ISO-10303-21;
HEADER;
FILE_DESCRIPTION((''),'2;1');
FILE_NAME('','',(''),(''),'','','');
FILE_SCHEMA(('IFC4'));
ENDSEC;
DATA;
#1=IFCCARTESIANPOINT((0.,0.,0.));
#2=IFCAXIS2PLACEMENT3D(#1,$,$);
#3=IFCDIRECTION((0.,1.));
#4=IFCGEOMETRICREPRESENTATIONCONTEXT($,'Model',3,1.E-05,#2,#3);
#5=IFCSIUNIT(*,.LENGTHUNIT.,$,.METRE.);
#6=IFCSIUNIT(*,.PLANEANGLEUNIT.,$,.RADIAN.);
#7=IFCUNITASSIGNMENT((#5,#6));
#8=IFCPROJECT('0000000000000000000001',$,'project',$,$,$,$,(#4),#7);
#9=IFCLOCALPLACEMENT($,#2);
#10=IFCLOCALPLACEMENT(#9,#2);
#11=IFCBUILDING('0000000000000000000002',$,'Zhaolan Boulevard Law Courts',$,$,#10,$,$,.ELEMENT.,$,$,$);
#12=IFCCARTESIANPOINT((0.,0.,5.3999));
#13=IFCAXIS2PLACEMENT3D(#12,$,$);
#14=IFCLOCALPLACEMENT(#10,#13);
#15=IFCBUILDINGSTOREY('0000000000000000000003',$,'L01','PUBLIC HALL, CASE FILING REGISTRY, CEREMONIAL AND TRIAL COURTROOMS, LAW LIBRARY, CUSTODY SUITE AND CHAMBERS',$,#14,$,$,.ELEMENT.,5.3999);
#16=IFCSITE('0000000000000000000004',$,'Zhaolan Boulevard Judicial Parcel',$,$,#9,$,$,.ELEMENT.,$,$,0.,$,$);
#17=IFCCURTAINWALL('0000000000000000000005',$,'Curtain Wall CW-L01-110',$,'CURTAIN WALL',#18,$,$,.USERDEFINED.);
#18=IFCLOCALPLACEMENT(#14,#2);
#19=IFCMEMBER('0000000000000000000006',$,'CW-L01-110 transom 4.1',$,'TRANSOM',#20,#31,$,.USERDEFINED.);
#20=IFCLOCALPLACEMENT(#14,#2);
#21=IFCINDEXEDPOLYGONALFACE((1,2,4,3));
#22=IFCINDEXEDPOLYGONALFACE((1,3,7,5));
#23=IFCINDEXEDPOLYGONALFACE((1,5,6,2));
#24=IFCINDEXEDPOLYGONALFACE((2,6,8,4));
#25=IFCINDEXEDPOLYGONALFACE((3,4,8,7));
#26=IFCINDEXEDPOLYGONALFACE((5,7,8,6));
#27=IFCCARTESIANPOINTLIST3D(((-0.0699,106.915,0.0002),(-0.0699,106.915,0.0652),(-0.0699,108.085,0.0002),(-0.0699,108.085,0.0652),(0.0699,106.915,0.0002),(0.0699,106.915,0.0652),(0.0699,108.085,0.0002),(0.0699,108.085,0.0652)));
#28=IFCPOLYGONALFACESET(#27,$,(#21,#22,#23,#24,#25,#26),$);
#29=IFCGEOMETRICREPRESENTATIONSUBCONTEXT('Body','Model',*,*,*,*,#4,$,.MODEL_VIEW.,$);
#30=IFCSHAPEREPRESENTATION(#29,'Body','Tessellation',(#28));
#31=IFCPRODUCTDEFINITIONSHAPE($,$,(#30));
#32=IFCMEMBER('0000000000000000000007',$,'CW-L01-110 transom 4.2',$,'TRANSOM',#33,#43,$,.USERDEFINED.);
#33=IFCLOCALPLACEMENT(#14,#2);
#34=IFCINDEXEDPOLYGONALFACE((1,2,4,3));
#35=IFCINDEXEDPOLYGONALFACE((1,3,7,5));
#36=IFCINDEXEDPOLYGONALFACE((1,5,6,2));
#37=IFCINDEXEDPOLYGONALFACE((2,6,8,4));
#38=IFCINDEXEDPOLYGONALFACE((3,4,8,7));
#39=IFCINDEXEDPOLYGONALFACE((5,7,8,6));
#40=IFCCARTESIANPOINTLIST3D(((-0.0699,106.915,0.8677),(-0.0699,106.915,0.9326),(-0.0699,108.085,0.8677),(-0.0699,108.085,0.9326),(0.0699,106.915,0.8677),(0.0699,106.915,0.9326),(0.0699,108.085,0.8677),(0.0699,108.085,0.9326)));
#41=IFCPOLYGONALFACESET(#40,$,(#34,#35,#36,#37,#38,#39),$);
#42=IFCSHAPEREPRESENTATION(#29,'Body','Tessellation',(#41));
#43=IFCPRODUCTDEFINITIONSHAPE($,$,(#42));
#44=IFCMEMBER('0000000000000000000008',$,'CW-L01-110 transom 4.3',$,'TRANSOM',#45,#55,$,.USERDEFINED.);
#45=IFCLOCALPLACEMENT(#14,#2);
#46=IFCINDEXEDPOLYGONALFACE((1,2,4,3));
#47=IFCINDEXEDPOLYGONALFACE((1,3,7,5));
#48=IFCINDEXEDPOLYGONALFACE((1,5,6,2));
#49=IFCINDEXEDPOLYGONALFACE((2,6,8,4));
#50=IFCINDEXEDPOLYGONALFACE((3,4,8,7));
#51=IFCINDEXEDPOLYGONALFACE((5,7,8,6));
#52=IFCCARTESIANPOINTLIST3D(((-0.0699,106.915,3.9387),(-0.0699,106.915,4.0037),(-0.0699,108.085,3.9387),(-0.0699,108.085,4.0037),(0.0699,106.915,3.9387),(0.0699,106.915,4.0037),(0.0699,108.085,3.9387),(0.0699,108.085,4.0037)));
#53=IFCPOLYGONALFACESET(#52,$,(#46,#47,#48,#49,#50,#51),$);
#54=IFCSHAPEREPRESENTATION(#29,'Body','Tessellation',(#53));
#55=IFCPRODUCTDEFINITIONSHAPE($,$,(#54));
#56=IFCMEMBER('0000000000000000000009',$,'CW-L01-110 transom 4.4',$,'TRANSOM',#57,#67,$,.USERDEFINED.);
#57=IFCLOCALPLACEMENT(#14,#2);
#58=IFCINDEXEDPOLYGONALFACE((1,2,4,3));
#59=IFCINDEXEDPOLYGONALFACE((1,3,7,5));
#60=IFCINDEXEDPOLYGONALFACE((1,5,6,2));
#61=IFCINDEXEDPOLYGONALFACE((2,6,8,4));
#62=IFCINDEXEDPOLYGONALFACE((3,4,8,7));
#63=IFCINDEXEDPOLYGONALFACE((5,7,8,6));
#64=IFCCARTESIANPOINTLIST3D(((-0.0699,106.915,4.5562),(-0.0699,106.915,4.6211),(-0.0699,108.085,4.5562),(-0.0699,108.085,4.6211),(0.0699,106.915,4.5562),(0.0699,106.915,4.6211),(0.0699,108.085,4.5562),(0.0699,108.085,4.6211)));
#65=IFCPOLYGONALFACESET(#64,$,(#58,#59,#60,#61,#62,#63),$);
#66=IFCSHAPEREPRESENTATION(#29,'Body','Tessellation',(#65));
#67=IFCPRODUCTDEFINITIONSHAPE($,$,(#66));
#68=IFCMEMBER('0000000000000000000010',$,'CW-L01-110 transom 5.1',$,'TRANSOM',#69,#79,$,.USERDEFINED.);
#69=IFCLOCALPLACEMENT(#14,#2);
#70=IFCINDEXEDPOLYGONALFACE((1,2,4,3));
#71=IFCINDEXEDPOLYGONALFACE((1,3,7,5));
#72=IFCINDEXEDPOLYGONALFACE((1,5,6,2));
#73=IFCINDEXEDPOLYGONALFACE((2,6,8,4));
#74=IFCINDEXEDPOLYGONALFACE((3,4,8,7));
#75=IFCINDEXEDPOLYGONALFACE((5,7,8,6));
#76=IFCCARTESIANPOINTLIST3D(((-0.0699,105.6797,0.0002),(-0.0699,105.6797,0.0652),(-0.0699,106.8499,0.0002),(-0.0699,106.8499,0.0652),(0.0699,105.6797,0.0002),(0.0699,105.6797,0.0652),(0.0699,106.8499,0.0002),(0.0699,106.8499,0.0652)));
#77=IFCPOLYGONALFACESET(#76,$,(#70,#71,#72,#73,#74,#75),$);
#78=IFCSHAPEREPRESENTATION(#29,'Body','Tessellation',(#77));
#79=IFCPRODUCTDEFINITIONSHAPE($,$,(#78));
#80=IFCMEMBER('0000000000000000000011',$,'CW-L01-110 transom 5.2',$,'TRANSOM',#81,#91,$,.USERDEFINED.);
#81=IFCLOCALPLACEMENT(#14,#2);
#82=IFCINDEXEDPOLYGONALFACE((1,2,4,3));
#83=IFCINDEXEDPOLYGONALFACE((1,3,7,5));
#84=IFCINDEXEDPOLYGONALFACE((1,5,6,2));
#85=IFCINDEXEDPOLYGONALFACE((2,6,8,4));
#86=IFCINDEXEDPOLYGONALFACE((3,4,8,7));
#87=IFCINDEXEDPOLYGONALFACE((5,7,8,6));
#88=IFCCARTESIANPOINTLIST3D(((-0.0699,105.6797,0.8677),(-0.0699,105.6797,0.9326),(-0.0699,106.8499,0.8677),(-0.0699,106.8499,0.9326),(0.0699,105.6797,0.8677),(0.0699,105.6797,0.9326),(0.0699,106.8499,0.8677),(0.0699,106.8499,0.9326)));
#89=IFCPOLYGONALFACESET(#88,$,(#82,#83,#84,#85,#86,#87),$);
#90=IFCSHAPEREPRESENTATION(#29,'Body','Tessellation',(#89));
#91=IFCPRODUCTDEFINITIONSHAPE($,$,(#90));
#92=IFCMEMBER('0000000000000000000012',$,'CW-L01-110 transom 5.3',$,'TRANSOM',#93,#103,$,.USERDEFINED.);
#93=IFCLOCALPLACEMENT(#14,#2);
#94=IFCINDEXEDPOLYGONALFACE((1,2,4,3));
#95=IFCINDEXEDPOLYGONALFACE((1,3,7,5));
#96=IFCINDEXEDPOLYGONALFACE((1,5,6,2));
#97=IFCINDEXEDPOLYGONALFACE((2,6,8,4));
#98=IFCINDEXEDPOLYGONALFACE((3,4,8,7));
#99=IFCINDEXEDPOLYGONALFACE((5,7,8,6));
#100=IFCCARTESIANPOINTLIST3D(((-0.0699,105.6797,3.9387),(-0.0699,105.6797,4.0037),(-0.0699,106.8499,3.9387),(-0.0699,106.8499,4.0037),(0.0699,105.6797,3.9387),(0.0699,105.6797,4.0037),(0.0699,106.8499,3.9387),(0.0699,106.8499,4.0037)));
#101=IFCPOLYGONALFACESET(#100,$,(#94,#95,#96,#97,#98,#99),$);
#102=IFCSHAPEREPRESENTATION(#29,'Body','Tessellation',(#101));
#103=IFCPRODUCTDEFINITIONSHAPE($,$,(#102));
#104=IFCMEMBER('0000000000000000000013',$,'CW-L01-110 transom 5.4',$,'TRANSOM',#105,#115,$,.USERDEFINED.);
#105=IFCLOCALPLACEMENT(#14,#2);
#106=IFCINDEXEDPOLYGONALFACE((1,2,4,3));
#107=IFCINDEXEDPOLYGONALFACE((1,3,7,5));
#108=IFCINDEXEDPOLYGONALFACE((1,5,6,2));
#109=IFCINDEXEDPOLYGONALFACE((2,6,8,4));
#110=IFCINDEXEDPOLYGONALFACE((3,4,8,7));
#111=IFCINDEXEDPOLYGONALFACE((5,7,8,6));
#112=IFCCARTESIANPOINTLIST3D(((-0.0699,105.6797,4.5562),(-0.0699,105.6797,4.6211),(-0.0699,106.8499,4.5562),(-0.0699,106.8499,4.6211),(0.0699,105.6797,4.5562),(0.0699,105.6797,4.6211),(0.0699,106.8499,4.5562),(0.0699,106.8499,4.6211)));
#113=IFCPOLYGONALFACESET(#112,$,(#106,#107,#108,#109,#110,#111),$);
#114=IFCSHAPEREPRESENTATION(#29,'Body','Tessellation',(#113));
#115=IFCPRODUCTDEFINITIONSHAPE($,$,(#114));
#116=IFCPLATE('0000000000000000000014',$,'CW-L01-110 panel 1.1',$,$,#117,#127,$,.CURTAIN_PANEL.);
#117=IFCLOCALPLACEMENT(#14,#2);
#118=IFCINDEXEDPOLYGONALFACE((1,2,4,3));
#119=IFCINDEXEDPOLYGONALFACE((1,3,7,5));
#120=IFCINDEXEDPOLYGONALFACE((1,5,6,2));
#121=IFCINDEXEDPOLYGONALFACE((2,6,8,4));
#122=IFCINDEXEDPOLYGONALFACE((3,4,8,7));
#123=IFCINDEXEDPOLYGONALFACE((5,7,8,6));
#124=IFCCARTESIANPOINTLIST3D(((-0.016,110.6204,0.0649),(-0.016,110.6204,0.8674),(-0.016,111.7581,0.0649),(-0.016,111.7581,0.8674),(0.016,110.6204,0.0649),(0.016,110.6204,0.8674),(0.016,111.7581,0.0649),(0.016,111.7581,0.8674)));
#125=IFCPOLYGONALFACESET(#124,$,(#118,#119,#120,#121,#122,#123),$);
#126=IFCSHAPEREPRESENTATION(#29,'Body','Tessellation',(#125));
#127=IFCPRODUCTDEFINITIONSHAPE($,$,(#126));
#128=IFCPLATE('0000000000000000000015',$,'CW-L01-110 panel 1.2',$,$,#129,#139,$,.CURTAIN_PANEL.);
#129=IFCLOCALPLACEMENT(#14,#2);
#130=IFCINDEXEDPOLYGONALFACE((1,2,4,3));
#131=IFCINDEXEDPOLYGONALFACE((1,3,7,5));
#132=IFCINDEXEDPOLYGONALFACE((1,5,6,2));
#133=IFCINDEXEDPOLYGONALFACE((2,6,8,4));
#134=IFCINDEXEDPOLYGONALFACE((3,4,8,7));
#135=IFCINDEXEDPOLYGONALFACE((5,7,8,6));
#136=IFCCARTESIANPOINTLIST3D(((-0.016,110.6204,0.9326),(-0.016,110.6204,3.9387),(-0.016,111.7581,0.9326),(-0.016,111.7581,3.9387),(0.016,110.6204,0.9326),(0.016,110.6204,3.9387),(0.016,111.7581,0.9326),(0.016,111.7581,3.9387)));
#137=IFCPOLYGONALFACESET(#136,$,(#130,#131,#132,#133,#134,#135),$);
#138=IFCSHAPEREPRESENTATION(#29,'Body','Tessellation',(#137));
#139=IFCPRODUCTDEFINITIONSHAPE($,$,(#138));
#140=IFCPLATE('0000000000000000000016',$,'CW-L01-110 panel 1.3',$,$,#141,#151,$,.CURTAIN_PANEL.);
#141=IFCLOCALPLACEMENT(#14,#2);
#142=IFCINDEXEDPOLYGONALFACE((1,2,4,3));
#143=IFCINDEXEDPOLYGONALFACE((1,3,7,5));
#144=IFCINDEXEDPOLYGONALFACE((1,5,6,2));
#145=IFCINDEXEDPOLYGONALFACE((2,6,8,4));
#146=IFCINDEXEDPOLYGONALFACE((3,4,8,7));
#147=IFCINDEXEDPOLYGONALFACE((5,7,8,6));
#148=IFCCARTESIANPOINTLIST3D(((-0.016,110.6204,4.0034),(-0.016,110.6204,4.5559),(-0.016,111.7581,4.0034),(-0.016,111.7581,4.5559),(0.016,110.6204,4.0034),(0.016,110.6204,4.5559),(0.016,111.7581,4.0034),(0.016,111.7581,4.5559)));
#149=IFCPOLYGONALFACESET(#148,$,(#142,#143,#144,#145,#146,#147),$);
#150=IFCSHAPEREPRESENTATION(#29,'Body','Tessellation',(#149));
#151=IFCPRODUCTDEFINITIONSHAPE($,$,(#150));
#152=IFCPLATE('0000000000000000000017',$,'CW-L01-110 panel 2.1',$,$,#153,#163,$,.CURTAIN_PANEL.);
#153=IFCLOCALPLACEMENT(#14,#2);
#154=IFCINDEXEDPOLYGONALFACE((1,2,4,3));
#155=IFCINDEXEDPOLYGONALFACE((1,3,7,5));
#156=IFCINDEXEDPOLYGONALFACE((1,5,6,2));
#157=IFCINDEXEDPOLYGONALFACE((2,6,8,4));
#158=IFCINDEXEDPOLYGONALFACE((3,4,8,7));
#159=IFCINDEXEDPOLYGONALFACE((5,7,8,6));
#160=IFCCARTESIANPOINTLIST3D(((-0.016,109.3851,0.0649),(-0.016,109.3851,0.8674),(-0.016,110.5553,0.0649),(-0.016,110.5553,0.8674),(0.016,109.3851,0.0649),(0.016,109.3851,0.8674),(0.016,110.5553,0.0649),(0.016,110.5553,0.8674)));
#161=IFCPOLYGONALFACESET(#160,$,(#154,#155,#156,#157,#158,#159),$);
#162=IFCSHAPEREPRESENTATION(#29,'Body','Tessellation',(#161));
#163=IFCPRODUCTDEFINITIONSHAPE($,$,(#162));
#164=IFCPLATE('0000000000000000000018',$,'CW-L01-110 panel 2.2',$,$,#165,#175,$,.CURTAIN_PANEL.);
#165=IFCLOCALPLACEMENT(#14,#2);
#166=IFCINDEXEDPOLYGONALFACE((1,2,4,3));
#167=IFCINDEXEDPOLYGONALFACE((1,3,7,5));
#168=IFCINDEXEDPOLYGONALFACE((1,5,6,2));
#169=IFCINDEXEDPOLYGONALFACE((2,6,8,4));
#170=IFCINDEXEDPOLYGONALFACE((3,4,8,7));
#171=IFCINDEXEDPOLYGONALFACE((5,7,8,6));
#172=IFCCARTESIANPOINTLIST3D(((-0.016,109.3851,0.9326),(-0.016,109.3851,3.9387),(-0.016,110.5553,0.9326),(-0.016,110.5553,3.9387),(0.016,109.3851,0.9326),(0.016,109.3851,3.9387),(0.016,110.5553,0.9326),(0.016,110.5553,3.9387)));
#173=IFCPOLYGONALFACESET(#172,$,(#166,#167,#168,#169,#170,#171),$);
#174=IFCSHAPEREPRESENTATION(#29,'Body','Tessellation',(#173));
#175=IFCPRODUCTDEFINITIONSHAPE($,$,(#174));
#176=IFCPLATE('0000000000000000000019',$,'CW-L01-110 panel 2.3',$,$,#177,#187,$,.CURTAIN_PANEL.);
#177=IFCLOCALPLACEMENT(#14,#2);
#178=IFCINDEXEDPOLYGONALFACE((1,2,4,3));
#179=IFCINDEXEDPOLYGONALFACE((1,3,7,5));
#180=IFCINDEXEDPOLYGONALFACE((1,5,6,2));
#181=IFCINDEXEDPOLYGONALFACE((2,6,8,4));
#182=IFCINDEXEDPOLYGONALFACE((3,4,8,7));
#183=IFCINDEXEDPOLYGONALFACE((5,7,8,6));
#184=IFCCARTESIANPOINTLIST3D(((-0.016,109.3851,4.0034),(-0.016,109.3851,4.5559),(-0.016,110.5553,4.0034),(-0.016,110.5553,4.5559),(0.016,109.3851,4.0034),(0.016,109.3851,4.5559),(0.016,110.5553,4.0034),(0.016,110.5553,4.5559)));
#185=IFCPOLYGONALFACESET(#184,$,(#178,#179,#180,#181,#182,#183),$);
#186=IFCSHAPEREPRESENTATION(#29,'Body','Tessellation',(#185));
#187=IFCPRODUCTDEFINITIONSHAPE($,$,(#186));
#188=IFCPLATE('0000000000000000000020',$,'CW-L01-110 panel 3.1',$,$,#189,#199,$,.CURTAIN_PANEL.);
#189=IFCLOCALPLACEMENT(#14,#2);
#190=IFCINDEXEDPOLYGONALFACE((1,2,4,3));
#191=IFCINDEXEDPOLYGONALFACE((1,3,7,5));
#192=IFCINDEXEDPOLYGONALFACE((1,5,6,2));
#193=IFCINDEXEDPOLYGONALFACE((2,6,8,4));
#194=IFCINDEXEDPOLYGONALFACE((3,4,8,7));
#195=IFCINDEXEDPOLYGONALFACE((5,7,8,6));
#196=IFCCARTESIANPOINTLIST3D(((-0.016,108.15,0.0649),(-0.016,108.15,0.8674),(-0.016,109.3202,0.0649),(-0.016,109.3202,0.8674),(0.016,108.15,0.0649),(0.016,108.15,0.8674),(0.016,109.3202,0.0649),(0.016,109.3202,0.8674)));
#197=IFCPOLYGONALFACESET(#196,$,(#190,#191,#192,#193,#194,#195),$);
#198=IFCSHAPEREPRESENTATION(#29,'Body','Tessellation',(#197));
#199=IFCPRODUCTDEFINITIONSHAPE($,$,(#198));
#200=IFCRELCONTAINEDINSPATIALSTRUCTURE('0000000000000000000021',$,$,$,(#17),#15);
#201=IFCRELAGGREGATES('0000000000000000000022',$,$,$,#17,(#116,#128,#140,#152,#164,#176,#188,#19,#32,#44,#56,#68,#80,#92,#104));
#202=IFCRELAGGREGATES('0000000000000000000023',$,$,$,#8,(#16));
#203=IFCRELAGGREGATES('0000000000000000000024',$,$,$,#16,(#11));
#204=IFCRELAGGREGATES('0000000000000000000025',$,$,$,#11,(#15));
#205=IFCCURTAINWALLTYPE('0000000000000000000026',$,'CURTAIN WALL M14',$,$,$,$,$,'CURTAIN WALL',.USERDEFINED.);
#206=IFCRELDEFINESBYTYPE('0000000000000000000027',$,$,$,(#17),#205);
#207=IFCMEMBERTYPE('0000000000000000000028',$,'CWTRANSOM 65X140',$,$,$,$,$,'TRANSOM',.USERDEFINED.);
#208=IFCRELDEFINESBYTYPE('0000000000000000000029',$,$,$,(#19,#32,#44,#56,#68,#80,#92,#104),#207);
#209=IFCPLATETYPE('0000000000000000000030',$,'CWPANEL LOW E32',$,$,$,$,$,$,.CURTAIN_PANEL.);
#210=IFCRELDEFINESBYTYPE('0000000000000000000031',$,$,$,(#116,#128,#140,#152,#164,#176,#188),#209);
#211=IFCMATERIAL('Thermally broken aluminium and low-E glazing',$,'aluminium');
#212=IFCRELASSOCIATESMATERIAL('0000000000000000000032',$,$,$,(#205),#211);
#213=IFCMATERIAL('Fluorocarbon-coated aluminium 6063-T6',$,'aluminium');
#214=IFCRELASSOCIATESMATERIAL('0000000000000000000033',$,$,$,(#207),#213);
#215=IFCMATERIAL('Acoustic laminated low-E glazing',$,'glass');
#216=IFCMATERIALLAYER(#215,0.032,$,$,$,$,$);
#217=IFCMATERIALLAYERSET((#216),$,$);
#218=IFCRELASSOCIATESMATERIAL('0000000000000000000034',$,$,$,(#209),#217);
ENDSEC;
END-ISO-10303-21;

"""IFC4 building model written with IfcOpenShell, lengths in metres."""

from ifc_helpers import new_model, si_unit, direction, frame, origin, origin_2d, place, context, subcontext, project, spatial, rectangle, extrude, material, layer, layer_set, material_profile, profile_set, type_object, element, aggregate, save


model = new_model("IFC4")

# Units and contexts
model_context = context("Model", 3, precision=1e-05, world=origin(), true_north=direction((0.0, 1.0)))
body_context = subcontext(model_context, "Body", "Model", "MODEL_VIEW")
ifc_project = project(units=[si_unit("LENGTHUNIT", "METRE"), si_unit("PLANEANGLEUNIT", "RADIAN")], contexts=[model_context])

# Site, building, storey
site_placement = place(None, origin())
site = spatial("IfcSite", under=ifc_project, at=site_placement, Name="Zhaolan Boulevard Judicial Parcel", CompositionType="ELEMENT", RefElevation=0.0)
building_placement = place(site_placement, origin())
building = spatial("IfcBuilding", under=site, at=building_placement, Name="Zhaolan Boulevard Law Courts", CompositionType="ELEMENT")
storey_placement = place(building_placement, frame((0.0, 0.0, 5.3999)))
storey = spatial("IfcBuildingStorey", under=building, at=storey_placement, Name="L01", Description="PUBLIC HALL, CASE FILING REGISTRY, CEREMONIAL AND TRIAL COURTROOMS, LAW LIBRARY, CUSTODY SUITE AND CHAMBERS", CompositionType="ELEMENT", Elevation=5.3999)

# Curtain wall, members, plates
ifc_material_1 = material(Name="Thermally broken aluminium and low-E glazing", Category="aluminium")
curtain_wall_type = type_object("IfcCurtainWallType", Name="CURTAIN WALL M14", ElementType="CURTAIN WALL", PredefinedType="USERDEFINED", material=ifc_material_1)
curtain_wall_placement = place(storey_placement, origin())
curtain_wall = element("IfcCurtainWall", 1, at=curtain_wall_placement, inside=storey, type_object=curtain_wall_type, Name="Curtain Wall CW-L01-110", ObjectType="CURTAIN WALL", PredefinedType="USERDEFINED")
ifc_material_2 = material(Name="Fluorocarbon-coated aluminium 6063-T6", Category="aluminium")
ifc_material_profile_1 = material_profile(ifc_material_2, rectangle(XDim=0.1399, YDim=0.0649, at=origin_2d()), Name="AL65x140")
ifc_profile_set_1 = profile_set([ifc_material_profile_1], Name="Fluorocarbon-coated aluminium 6063-T6")
member_type_1 = type_object("IfcMemberType", Name="CWTRANSOM 65X140", ElementType="TRANSOM", PredefinedType="USERDEFINED", material=ifc_profile_set_1)
member_1_placement = place(storey_placement, frame((0.0, 108.085, 0.0327), z_axis=(0.0, -1.0, 0.0), x_axis=(1.0, 0.0, 0.0)))
member_1 = element("IfcMember", 2, at=member_1_placement, type_object=member_type_1, Name="CW-L01-110 transom 4.1", ObjectType="TRANSOM", PredefinedType="USERDEFINED", context=body_context, shape_type="SweptSolid", body=[
    extrude(rectangle(XDim=0.1399, YDim=0.0649, at=origin_2d()), origin(), (0.0, 0.0, 1.0), 1.1699),
])
member_2_placement = place(storey_placement, frame((0.0, 108.085, 0.9001), z_axis=(0.0, -1.0, 0.0), x_axis=(1.0, 0.0, 0.0)))
member_2 = element("IfcMember", 3, at=member_2_placement, type_object=member_type_1, Name="CW-L01-110 transom 4.2", ObjectType="TRANSOM", PredefinedType="USERDEFINED", context=body_context, shape_type="SweptSolid", body=[
    extrude(rectangle(XDim=0.1399, YDim=0.0649, at=origin_2d()), origin(), (0.0, 0.0, 1.0), 1.1699),
])
member_3_placement = place(storey_placement, frame((0.0, 108.085, 3.9712), z_axis=(0.0, -1.0, 0.0), x_axis=(1.0, 0.0, 0.0)))
member_3 = element("IfcMember", 4, at=member_3_placement, type_object=member_type_1, Name="CW-L01-110 transom 4.3", ObjectType="TRANSOM", PredefinedType="USERDEFINED", context=body_context, shape_type="SweptSolid", body=[
    extrude(rectangle(XDim=0.1399, YDim=0.0649, at=origin_2d()), origin(), (0.0, 0.0, 1.0), 1.1699),
])
member_4_placement = place(storey_placement, frame((0.0, 108.085, 4.5886), z_axis=(0.0, -1.0, 0.0), x_axis=(1.0, 0.0, 0.0)))
member_4 = element("IfcMember", 5, at=member_4_placement, type_object=member_type_1, Name="CW-L01-110 transom 4.4", ObjectType="TRANSOM", PredefinedType="USERDEFINED", context=body_context, shape_type="SweptSolid", body=[
    extrude(rectangle(XDim=0.1399, YDim=0.0649, at=origin_2d()), origin(), (0.0, 0.0, 1.0), 1.1699),
])
member_5_placement = place(storey_placement, frame((0.0, 106.8499, 0.0327), z_axis=(0.0, -1.0, 0.0), x_axis=(1.0, 0.0, 0.0)))
member_5 = element("IfcMember", 6, at=member_5_placement, type_object=member_type_1, Name="CW-L01-110 transom 5.1", ObjectType="TRANSOM", PredefinedType="USERDEFINED", context=body_context, shape_type="SweptSolid", body=[
    extrude(rectangle(XDim=0.1399, YDim=0.0649, at=origin_2d()), origin(), (0.0, 0.0, 1.0), 1.1702),
])
member_6_placement = place(storey_placement, frame((0.0, 106.8499, 0.9001), z_axis=(0.0, -1.0, 0.0), x_axis=(1.0, 0.0, 0.0)))
member_6 = element("IfcMember", 7, at=member_6_placement, type_object=member_type_1, Name="CW-L01-110 transom 5.2", ObjectType="TRANSOM", PredefinedType="USERDEFINED", context=body_context, shape_type="SweptSolid", body=[
    extrude(rectangle(XDim=0.1399, YDim=0.0649, at=origin_2d()), origin(), (0.0, 0.0, 1.0), 1.1702),
])
member_7_placement = place(storey_placement, frame((0.0, 106.8499, 3.9712), z_axis=(0.0, -1.0, 0.0), x_axis=(1.0, 0.0, 0.0)))
member_7 = element("IfcMember", 8, at=member_7_placement, type_object=member_type_1, Name="CW-L01-110 transom 5.3", ObjectType="TRANSOM", PredefinedType="USERDEFINED", context=body_context, shape_type="SweptSolid", body=[
    extrude(rectangle(XDim=0.1399, YDim=0.0649, at=origin_2d()), origin(), (0.0, 0.0, 1.0), 1.1702),
])
member_8_placement = place(storey_placement, frame((0.0, 106.8499, 4.5886), z_axis=(0.0, -1.0, 0.0), x_axis=(1.0, 0.0, 0.0)))
member_8 = element("IfcMember", 9, at=member_8_placement, type_object=member_type_1, Name="CW-L01-110 transom 5.4", ObjectType="TRANSOM", PredefinedType="USERDEFINED", context=body_context, shape_type="SweptSolid", body=[
    extrude(rectangle(XDim=0.1399, YDim=0.0649, at=origin_2d()), origin(), (0.0, 0.0, 1.0), 1.1702),
])
ifc_material_3 = material(Name="Acoustic laminated low-E glazing", Category="glass")
ifc_layer = layer(ifc_material_3, 0.032)
ifc_layer_set = layer_set([ifc_layer])
plate_type = type_object("IfcPlateType", Name="CWPANEL LOW E32", PredefinedType="CURTAIN_PANEL", material=ifc_layer_set)
plate_1_placement = place(storey_placement, frame((0.0, 111.1892, 0.0649), z_axis=(0.0, 0.0, 1.0), x_axis=(0.0, -1.0, 0.0)))
plate_1 = element("IfcPlate", 10, at=plate_1_placement, type_object=plate_type, Name="CW-L01-110 panel 1.1", PredefinedType="CURTAIN_PANEL", context=body_context, shape_type="SweptSolid", body=[
    extrude(rectangle(XDim=1.1377, YDim=0.032, at=origin_2d()), origin(), (0.0, 0.0, 1.0), 0.8025),
])
plate_2_placement = place(storey_placement, frame((0.0, 111.1892, 0.9326), z_axis=(0.0, 0.0, 1.0), x_axis=(0.0, -1.0, 0.0)))
plate_2 = element("IfcPlate", 11, at=plate_2_placement, type_object=plate_type, Name="CW-L01-110 panel 1.2", PredefinedType="CURTAIN_PANEL", context=body_context, shape_type="SweptSolid", body=[
    extrude(rectangle(XDim=1.1377, YDim=0.032, at=origin_2d()), origin(), (0.0, 0.0, 1.0), 3.0061),
])
plate_3_placement = place(storey_placement, frame((0.0, 111.1892, 4.0034), z_axis=(0.0, 0.0, 1.0), x_axis=(0.0, -1.0, 0.0)))
plate_3 = element("IfcPlate", 12, at=plate_3_placement, type_object=plate_type, Name="CW-L01-110 panel 1.3", PredefinedType="CURTAIN_PANEL", context=body_context, shape_type="SweptSolid", body=[
    extrude(rectangle(XDim=1.1377, YDim=0.032, at=origin_2d()), origin(), (0.0, 0.0, 1.0), 0.5525),
])
plate_4_placement = place(storey_placement, frame((0.0, 109.9702, 0.0649), z_axis=(0.0, 0.0, 1.0), x_axis=(0.0, -1.0, 0.0)))
plate_4 = element("IfcPlate", 13, at=plate_4_placement, type_object=plate_type, Name="CW-L01-110 panel 2.1", PredefinedType="CURTAIN_PANEL", context=body_context, shape_type="SweptSolid", body=[
    extrude(rectangle(XDim=1.1702, YDim=0.032, at=origin_2d()), origin(), (0.0, 0.0, 1.0), 0.8025),
])
plate_5_placement = place(storey_placement, frame((0.0, 109.9702, 0.9326), z_axis=(0.0, 0.0, 1.0), x_axis=(0.0, -1.0, 0.0)))
plate_5 = element("IfcPlate", 14, at=plate_5_placement, type_object=plate_type, Name="CW-L01-110 panel 2.2", PredefinedType="CURTAIN_PANEL", context=body_context, shape_type="SweptSolid", body=[
    extrude(rectangle(XDim=1.1702, YDim=0.032, at=origin_2d()), origin(), (0.0, 0.0, 1.0), 3.0061),
])
plate_6_placement = place(storey_placement, frame((0.0, 109.9702, 4.0034), z_axis=(0.0, 0.0, 1.0), x_axis=(0.0, -1.0, 0.0)))
plate_6 = element("IfcPlate", 15, at=plate_6_placement, type_object=plate_type, Name="CW-L01-110 panel 2.3", PredefinedType="CURTAIN_PANEL", context=body_context, shape_type="SweptSolid", body=[
    extrude(rectangle(XDim=1.1702, YDim=0.032, at=origin_2d()), origin(), (0.0, 0.0, 1.0), 0.5525),
])
plate_7_placement = place(storey_placement, frame((0.0, 108.7351, 0.0649), z_axis=(0.0, 0.0, 1.0), x_axis=(0.0, -1.0, 0.0)))
plate_7 = element("IfcPlate", 16, at=plate_7_placement, type_object=plate_type, Name="CW-L01-110 panel 3.1", PredefinedType="CURTAIN_PANEL", context=body_context, shape_type="SweptSolid", body=[
    extrude(rectangle(XDim=1.1702, YDim=0.032, at=origin_2d()), origin(), (0.0, 0.0, 1.0), 0.8025),
])
aggregate(curtain_wall, [plate_1, plate_2, plate_3, plate_4, plate_5, plate_6, plate_7, member_1, member_2, member_3, member_4, member_5, member_6, member_7, member_8])

save(model, "model.ifc")
